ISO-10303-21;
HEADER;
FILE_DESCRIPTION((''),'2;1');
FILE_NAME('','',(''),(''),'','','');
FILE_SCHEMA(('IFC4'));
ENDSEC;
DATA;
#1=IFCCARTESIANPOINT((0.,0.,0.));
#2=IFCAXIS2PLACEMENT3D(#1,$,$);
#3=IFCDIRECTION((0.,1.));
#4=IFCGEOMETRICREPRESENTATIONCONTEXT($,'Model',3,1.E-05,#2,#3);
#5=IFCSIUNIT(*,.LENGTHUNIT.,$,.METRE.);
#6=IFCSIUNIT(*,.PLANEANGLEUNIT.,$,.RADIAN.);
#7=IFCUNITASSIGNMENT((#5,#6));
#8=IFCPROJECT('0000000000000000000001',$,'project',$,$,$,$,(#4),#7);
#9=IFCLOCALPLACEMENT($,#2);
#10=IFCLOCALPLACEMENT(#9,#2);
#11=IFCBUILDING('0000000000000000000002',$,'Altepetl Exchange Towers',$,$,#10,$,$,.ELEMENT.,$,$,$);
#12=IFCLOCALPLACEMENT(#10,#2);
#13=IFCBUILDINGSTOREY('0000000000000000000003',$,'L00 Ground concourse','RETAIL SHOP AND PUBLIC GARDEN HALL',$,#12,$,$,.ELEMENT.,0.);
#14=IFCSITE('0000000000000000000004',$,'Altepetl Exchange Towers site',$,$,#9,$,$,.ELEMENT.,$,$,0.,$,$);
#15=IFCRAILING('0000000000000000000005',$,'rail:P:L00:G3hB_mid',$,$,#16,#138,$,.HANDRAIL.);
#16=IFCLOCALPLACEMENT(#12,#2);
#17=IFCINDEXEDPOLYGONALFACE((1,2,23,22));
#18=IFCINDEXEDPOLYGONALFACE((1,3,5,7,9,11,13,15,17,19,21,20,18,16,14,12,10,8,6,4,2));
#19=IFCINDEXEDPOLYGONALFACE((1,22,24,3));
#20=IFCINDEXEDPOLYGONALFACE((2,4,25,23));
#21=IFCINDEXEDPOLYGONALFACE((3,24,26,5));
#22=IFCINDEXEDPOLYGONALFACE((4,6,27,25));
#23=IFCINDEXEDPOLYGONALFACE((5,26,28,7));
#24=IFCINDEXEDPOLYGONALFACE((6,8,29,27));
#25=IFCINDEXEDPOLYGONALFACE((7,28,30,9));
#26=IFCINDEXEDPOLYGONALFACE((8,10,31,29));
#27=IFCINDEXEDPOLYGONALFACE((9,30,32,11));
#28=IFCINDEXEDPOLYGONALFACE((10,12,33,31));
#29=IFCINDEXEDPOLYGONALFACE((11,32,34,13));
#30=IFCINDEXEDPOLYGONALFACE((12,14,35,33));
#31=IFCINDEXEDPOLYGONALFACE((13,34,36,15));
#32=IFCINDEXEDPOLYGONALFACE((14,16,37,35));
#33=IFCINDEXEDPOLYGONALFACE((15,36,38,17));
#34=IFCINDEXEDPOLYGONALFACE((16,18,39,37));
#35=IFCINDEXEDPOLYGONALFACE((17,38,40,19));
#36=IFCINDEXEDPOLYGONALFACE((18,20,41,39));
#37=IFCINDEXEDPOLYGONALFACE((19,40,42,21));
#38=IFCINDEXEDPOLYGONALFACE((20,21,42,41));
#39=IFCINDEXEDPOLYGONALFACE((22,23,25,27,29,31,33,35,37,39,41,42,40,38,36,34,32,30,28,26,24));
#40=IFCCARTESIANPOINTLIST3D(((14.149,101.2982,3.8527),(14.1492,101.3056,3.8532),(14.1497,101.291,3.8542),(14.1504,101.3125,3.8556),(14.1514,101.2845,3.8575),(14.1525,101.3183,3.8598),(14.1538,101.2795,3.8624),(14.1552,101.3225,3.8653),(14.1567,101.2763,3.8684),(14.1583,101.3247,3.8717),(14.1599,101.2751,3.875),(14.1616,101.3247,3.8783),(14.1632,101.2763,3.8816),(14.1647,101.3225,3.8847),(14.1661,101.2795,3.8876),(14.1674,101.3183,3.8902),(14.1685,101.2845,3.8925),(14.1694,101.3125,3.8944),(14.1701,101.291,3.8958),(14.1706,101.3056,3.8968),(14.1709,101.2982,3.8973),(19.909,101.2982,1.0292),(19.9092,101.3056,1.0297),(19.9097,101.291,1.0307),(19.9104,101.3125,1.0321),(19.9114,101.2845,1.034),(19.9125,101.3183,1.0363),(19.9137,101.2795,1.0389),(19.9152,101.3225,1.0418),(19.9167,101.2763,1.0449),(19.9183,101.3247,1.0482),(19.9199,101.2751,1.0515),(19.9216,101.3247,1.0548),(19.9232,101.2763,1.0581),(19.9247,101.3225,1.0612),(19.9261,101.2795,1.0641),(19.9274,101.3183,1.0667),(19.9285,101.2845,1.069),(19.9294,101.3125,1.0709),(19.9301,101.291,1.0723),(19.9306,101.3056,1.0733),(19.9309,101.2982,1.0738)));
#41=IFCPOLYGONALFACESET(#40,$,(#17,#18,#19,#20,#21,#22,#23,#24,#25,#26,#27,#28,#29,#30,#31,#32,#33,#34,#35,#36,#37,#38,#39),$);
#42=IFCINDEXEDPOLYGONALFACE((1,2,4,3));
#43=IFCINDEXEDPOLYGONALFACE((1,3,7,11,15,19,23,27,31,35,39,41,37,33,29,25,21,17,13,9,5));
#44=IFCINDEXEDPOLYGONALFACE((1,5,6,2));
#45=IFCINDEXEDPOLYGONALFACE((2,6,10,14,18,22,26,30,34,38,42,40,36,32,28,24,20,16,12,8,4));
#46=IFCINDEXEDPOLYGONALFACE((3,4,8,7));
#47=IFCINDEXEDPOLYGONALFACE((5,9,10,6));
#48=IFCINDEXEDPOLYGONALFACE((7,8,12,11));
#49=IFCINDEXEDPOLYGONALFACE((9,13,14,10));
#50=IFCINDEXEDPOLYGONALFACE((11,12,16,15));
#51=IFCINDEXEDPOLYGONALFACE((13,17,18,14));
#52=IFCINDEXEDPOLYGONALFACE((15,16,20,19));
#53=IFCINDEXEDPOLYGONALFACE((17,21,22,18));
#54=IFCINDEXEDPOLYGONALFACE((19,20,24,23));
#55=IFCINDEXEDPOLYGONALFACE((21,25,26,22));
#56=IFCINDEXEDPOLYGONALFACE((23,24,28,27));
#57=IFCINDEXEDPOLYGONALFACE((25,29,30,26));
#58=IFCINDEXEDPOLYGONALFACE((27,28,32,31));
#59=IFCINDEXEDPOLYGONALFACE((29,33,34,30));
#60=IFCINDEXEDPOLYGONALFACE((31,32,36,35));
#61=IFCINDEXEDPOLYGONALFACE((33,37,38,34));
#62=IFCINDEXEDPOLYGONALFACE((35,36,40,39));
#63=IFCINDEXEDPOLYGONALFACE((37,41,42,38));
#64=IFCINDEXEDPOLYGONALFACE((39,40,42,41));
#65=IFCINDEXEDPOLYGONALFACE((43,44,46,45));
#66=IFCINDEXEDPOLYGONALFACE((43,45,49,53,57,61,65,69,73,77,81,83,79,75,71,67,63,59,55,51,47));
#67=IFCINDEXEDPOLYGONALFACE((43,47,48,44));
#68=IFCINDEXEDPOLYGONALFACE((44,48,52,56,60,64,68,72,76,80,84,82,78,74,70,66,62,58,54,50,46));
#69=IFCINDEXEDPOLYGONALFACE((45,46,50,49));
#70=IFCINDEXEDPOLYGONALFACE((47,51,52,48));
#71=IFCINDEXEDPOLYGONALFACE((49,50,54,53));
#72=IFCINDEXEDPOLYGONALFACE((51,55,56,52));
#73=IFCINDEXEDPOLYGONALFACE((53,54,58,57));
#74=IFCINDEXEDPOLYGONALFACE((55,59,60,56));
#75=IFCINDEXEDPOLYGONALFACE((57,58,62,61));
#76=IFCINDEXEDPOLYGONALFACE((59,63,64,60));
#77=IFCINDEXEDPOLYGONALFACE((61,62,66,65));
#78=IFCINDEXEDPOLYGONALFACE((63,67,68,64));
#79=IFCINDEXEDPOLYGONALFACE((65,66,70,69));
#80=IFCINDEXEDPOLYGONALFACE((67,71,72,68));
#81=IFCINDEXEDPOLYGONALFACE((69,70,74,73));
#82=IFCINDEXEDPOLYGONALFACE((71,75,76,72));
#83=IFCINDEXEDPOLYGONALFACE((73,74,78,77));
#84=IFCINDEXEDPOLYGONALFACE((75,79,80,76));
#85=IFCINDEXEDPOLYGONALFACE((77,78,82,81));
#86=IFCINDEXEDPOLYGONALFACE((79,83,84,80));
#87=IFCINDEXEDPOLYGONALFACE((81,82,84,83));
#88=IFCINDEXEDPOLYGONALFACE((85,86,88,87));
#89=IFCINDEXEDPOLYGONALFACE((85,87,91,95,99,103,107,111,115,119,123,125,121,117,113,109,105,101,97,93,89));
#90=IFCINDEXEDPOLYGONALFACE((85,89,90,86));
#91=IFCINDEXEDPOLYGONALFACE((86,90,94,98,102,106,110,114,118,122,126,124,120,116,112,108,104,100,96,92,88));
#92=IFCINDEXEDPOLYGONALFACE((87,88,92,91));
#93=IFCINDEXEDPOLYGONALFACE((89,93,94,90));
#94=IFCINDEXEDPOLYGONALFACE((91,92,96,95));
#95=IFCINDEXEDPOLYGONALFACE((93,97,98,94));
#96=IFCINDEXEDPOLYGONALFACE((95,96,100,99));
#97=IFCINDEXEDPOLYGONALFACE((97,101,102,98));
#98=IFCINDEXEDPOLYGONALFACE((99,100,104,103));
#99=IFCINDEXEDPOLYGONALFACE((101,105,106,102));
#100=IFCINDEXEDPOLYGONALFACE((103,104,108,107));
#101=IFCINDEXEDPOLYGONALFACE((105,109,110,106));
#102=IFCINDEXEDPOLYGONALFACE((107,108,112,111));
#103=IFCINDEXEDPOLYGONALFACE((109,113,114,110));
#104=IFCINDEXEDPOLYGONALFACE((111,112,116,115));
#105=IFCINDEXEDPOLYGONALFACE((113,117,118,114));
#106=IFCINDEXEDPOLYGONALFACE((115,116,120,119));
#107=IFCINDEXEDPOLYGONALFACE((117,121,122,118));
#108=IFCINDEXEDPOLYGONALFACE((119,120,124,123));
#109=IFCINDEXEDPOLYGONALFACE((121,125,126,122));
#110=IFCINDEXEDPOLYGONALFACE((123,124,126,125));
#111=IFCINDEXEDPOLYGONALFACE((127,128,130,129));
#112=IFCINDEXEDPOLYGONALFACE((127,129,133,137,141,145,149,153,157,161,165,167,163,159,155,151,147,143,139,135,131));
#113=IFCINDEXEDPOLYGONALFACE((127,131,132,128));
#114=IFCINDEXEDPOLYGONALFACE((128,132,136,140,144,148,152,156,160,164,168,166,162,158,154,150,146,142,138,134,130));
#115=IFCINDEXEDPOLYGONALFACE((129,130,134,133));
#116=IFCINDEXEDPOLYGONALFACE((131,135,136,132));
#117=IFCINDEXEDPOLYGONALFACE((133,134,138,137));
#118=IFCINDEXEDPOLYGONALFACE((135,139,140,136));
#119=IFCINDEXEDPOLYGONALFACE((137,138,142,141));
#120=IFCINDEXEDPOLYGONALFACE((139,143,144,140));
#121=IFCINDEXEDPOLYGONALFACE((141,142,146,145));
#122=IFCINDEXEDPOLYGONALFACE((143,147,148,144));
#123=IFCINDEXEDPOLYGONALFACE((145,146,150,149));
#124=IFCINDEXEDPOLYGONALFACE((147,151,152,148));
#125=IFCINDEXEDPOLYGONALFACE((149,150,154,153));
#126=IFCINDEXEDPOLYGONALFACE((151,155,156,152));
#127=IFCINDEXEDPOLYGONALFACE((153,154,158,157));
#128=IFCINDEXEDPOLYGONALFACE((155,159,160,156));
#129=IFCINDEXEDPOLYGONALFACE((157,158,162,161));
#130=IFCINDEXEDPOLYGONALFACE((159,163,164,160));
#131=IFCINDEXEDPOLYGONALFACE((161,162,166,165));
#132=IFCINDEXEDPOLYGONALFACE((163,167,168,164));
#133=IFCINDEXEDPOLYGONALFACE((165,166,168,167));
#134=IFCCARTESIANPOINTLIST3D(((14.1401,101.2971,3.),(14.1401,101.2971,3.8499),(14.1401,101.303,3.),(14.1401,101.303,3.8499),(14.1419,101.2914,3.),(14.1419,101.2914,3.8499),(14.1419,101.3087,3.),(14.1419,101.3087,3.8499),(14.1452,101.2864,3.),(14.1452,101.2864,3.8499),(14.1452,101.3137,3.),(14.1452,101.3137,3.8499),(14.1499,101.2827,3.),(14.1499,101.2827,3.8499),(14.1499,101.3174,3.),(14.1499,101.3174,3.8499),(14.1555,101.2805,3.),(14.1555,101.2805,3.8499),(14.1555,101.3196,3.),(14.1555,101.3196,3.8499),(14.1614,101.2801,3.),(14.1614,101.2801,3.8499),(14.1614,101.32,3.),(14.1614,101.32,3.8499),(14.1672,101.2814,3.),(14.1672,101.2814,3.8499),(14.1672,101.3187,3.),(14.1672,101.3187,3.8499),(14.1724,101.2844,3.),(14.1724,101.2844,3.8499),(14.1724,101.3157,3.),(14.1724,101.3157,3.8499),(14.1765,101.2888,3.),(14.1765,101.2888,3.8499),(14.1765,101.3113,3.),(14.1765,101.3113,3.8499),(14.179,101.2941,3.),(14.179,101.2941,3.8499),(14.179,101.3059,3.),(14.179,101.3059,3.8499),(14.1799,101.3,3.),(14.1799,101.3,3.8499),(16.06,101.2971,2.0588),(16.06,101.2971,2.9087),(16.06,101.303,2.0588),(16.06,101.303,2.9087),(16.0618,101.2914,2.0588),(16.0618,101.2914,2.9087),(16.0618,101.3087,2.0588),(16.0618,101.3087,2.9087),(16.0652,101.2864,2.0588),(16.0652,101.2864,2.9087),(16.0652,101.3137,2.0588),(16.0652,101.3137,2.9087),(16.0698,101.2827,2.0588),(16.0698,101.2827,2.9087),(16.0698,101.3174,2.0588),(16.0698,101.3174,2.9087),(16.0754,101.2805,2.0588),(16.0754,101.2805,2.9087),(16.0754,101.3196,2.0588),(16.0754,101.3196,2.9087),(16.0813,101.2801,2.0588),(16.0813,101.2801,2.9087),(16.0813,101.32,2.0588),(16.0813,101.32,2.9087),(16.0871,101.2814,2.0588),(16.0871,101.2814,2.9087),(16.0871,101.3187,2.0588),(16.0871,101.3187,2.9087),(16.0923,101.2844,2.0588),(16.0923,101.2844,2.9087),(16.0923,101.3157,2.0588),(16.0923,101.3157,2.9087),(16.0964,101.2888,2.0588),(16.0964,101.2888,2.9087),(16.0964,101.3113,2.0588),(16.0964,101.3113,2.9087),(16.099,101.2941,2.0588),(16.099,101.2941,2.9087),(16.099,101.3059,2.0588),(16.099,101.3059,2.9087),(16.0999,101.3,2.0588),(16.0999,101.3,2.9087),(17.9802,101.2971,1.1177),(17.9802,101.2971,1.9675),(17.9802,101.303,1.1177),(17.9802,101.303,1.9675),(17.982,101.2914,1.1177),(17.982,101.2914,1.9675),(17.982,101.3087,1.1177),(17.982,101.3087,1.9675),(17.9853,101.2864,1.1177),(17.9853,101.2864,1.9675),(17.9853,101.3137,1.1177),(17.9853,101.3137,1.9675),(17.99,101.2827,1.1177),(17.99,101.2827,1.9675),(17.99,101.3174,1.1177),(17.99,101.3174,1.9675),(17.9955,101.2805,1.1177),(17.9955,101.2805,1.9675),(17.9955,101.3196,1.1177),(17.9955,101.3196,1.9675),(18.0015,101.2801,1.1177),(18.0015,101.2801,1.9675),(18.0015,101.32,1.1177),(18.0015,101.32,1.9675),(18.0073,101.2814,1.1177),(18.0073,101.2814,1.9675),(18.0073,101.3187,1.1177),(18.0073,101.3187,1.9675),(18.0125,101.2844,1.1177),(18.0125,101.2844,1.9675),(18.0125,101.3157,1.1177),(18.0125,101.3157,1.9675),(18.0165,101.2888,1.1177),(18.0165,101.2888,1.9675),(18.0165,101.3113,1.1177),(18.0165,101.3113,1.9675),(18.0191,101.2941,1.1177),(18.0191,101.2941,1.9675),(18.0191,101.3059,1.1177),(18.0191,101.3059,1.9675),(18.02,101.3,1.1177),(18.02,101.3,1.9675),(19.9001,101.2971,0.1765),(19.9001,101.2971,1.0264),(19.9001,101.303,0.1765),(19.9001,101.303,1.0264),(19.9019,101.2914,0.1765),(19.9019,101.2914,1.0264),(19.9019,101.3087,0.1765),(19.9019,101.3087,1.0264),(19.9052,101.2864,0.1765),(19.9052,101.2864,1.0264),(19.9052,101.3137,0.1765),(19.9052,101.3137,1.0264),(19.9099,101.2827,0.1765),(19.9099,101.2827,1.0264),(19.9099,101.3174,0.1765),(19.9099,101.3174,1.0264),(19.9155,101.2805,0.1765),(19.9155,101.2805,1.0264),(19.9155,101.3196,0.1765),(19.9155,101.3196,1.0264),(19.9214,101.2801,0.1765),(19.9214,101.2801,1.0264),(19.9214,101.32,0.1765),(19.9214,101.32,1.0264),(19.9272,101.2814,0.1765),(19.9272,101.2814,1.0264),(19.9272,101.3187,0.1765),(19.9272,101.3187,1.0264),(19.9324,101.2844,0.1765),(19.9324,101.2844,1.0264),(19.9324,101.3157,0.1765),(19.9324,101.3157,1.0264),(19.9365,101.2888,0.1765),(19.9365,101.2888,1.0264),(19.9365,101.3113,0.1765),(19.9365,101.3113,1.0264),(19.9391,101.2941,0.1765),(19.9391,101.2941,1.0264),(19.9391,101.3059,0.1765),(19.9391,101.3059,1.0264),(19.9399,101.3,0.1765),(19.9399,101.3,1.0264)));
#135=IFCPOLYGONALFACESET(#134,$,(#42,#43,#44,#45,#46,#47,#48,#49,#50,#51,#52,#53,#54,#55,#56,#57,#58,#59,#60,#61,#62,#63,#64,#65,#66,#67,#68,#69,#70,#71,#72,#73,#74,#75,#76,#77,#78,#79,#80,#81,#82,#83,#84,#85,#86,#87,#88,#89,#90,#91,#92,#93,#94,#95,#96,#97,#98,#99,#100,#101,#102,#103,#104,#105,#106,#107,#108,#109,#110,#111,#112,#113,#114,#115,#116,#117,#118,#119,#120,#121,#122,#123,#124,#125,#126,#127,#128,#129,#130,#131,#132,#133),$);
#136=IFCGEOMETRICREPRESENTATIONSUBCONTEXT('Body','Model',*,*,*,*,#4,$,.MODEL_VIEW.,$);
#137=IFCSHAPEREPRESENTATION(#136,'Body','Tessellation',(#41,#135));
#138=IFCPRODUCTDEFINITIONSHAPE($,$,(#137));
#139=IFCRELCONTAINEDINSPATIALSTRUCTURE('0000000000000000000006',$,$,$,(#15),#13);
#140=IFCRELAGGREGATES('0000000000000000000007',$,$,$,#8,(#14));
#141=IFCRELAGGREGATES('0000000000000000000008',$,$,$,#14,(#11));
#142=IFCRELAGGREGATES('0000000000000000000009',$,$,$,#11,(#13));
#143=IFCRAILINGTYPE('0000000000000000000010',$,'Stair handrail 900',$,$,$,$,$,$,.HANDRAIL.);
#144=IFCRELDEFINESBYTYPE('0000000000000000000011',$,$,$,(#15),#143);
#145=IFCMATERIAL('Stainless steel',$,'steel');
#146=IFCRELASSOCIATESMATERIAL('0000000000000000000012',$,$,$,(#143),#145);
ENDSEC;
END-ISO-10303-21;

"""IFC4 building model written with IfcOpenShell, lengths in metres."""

from ifc_helpers import new_model, si_unit, direction, frame, origin, origin_2d, place, context, subcontext, project, spatial, circle, extrude, source, transform, mapped, material, type_object, element, save


model = new_model("IFC4")

# Units and contexts
model_context = context("Model", 3, precision=1e-05, world=origin(), true_north=direction((0.0, 1.0)))
body_context = subcontext(model_context, "Body", "Model", "MODEL_VIEW")
ifc_project = project(units=[si_unit("LENGTHUNIT", "METRE"), si_unit("PLANEANGLEUNIT", "RADIAN")], contexts=[model_context])

# Site, building, storey
site_placement = place(None, origin())
site = spatial("IfcSite", under=ifc_project, at=site_placement, Name="Altepetl Exchange Towers site", CompositionType="ELEMENT", RefElevation=0.0)
building_placement = place(site_placement, origin())
building = spatial("IfcBuilding", under=site, at=building_placement, Name="Altepetl Exchange Towers", CompositionType="ELEMENT")
storey_placement = place(building_placement, origin())
storey = spatial("IfcBuildingStorey", under=building, at=storey_placement, Name="L00 Ground concourse", Description="RETAIL SHOP AND PUBLIC GARDEN HALL", CompositionType="ELEMENT", Elevation=0.0)

# Railing
ifc_material_1 = material(Name="Stainless steel", Category="steel")
railing_type_1 = type_object("IfcRailingType", Name="Stair handrail 900", PredefinedType="HANDRAIL", material=ifc_material_1)
shared_shape_1 = source(origin(), body_context, "Body", "SweptSolid", [
    extrude(circle(Radius=0.02, at=origin_2d()), origin(), (0.0, 0.0, 1.0), 0.8499),
])
for number, where, name in (
    (1, (19.9199, 101.3, 0.1765), "rail:P:L00:G3hB_mid"),
):
    element("IfcRailing", number, at=place(storey_placement, frame(where)), inside=storey, type_object=railing_type_1, Name=name, PredefinedType="HANDRAIL", context=body_context, shape_type="SweptSolid", body=[
        extrude(circle(Radius=0.0249, at=origin_2d()), frame((0.0, 0.0, 0.875), z_axis=(-0.897924, 0.0, 0.440151), x_axis=(0.0, -1.0, 0.0)), (0.0, 0.0, 1.0), 6.4148),
        mapped(shared_shape_1, transform((0.0, 0.0, 0.0))),
        mapped(shared_shape_1, transform((-1.9199, 0.0, 0.9412))),
        mapped(shared_shape_1, transform((-3.8401, 0.0, 1.8823))),
        mapped(shared_shape_1, transform((-5.76, 0.0, 2.8235))),
    ])

save(model, "model.ifc")
